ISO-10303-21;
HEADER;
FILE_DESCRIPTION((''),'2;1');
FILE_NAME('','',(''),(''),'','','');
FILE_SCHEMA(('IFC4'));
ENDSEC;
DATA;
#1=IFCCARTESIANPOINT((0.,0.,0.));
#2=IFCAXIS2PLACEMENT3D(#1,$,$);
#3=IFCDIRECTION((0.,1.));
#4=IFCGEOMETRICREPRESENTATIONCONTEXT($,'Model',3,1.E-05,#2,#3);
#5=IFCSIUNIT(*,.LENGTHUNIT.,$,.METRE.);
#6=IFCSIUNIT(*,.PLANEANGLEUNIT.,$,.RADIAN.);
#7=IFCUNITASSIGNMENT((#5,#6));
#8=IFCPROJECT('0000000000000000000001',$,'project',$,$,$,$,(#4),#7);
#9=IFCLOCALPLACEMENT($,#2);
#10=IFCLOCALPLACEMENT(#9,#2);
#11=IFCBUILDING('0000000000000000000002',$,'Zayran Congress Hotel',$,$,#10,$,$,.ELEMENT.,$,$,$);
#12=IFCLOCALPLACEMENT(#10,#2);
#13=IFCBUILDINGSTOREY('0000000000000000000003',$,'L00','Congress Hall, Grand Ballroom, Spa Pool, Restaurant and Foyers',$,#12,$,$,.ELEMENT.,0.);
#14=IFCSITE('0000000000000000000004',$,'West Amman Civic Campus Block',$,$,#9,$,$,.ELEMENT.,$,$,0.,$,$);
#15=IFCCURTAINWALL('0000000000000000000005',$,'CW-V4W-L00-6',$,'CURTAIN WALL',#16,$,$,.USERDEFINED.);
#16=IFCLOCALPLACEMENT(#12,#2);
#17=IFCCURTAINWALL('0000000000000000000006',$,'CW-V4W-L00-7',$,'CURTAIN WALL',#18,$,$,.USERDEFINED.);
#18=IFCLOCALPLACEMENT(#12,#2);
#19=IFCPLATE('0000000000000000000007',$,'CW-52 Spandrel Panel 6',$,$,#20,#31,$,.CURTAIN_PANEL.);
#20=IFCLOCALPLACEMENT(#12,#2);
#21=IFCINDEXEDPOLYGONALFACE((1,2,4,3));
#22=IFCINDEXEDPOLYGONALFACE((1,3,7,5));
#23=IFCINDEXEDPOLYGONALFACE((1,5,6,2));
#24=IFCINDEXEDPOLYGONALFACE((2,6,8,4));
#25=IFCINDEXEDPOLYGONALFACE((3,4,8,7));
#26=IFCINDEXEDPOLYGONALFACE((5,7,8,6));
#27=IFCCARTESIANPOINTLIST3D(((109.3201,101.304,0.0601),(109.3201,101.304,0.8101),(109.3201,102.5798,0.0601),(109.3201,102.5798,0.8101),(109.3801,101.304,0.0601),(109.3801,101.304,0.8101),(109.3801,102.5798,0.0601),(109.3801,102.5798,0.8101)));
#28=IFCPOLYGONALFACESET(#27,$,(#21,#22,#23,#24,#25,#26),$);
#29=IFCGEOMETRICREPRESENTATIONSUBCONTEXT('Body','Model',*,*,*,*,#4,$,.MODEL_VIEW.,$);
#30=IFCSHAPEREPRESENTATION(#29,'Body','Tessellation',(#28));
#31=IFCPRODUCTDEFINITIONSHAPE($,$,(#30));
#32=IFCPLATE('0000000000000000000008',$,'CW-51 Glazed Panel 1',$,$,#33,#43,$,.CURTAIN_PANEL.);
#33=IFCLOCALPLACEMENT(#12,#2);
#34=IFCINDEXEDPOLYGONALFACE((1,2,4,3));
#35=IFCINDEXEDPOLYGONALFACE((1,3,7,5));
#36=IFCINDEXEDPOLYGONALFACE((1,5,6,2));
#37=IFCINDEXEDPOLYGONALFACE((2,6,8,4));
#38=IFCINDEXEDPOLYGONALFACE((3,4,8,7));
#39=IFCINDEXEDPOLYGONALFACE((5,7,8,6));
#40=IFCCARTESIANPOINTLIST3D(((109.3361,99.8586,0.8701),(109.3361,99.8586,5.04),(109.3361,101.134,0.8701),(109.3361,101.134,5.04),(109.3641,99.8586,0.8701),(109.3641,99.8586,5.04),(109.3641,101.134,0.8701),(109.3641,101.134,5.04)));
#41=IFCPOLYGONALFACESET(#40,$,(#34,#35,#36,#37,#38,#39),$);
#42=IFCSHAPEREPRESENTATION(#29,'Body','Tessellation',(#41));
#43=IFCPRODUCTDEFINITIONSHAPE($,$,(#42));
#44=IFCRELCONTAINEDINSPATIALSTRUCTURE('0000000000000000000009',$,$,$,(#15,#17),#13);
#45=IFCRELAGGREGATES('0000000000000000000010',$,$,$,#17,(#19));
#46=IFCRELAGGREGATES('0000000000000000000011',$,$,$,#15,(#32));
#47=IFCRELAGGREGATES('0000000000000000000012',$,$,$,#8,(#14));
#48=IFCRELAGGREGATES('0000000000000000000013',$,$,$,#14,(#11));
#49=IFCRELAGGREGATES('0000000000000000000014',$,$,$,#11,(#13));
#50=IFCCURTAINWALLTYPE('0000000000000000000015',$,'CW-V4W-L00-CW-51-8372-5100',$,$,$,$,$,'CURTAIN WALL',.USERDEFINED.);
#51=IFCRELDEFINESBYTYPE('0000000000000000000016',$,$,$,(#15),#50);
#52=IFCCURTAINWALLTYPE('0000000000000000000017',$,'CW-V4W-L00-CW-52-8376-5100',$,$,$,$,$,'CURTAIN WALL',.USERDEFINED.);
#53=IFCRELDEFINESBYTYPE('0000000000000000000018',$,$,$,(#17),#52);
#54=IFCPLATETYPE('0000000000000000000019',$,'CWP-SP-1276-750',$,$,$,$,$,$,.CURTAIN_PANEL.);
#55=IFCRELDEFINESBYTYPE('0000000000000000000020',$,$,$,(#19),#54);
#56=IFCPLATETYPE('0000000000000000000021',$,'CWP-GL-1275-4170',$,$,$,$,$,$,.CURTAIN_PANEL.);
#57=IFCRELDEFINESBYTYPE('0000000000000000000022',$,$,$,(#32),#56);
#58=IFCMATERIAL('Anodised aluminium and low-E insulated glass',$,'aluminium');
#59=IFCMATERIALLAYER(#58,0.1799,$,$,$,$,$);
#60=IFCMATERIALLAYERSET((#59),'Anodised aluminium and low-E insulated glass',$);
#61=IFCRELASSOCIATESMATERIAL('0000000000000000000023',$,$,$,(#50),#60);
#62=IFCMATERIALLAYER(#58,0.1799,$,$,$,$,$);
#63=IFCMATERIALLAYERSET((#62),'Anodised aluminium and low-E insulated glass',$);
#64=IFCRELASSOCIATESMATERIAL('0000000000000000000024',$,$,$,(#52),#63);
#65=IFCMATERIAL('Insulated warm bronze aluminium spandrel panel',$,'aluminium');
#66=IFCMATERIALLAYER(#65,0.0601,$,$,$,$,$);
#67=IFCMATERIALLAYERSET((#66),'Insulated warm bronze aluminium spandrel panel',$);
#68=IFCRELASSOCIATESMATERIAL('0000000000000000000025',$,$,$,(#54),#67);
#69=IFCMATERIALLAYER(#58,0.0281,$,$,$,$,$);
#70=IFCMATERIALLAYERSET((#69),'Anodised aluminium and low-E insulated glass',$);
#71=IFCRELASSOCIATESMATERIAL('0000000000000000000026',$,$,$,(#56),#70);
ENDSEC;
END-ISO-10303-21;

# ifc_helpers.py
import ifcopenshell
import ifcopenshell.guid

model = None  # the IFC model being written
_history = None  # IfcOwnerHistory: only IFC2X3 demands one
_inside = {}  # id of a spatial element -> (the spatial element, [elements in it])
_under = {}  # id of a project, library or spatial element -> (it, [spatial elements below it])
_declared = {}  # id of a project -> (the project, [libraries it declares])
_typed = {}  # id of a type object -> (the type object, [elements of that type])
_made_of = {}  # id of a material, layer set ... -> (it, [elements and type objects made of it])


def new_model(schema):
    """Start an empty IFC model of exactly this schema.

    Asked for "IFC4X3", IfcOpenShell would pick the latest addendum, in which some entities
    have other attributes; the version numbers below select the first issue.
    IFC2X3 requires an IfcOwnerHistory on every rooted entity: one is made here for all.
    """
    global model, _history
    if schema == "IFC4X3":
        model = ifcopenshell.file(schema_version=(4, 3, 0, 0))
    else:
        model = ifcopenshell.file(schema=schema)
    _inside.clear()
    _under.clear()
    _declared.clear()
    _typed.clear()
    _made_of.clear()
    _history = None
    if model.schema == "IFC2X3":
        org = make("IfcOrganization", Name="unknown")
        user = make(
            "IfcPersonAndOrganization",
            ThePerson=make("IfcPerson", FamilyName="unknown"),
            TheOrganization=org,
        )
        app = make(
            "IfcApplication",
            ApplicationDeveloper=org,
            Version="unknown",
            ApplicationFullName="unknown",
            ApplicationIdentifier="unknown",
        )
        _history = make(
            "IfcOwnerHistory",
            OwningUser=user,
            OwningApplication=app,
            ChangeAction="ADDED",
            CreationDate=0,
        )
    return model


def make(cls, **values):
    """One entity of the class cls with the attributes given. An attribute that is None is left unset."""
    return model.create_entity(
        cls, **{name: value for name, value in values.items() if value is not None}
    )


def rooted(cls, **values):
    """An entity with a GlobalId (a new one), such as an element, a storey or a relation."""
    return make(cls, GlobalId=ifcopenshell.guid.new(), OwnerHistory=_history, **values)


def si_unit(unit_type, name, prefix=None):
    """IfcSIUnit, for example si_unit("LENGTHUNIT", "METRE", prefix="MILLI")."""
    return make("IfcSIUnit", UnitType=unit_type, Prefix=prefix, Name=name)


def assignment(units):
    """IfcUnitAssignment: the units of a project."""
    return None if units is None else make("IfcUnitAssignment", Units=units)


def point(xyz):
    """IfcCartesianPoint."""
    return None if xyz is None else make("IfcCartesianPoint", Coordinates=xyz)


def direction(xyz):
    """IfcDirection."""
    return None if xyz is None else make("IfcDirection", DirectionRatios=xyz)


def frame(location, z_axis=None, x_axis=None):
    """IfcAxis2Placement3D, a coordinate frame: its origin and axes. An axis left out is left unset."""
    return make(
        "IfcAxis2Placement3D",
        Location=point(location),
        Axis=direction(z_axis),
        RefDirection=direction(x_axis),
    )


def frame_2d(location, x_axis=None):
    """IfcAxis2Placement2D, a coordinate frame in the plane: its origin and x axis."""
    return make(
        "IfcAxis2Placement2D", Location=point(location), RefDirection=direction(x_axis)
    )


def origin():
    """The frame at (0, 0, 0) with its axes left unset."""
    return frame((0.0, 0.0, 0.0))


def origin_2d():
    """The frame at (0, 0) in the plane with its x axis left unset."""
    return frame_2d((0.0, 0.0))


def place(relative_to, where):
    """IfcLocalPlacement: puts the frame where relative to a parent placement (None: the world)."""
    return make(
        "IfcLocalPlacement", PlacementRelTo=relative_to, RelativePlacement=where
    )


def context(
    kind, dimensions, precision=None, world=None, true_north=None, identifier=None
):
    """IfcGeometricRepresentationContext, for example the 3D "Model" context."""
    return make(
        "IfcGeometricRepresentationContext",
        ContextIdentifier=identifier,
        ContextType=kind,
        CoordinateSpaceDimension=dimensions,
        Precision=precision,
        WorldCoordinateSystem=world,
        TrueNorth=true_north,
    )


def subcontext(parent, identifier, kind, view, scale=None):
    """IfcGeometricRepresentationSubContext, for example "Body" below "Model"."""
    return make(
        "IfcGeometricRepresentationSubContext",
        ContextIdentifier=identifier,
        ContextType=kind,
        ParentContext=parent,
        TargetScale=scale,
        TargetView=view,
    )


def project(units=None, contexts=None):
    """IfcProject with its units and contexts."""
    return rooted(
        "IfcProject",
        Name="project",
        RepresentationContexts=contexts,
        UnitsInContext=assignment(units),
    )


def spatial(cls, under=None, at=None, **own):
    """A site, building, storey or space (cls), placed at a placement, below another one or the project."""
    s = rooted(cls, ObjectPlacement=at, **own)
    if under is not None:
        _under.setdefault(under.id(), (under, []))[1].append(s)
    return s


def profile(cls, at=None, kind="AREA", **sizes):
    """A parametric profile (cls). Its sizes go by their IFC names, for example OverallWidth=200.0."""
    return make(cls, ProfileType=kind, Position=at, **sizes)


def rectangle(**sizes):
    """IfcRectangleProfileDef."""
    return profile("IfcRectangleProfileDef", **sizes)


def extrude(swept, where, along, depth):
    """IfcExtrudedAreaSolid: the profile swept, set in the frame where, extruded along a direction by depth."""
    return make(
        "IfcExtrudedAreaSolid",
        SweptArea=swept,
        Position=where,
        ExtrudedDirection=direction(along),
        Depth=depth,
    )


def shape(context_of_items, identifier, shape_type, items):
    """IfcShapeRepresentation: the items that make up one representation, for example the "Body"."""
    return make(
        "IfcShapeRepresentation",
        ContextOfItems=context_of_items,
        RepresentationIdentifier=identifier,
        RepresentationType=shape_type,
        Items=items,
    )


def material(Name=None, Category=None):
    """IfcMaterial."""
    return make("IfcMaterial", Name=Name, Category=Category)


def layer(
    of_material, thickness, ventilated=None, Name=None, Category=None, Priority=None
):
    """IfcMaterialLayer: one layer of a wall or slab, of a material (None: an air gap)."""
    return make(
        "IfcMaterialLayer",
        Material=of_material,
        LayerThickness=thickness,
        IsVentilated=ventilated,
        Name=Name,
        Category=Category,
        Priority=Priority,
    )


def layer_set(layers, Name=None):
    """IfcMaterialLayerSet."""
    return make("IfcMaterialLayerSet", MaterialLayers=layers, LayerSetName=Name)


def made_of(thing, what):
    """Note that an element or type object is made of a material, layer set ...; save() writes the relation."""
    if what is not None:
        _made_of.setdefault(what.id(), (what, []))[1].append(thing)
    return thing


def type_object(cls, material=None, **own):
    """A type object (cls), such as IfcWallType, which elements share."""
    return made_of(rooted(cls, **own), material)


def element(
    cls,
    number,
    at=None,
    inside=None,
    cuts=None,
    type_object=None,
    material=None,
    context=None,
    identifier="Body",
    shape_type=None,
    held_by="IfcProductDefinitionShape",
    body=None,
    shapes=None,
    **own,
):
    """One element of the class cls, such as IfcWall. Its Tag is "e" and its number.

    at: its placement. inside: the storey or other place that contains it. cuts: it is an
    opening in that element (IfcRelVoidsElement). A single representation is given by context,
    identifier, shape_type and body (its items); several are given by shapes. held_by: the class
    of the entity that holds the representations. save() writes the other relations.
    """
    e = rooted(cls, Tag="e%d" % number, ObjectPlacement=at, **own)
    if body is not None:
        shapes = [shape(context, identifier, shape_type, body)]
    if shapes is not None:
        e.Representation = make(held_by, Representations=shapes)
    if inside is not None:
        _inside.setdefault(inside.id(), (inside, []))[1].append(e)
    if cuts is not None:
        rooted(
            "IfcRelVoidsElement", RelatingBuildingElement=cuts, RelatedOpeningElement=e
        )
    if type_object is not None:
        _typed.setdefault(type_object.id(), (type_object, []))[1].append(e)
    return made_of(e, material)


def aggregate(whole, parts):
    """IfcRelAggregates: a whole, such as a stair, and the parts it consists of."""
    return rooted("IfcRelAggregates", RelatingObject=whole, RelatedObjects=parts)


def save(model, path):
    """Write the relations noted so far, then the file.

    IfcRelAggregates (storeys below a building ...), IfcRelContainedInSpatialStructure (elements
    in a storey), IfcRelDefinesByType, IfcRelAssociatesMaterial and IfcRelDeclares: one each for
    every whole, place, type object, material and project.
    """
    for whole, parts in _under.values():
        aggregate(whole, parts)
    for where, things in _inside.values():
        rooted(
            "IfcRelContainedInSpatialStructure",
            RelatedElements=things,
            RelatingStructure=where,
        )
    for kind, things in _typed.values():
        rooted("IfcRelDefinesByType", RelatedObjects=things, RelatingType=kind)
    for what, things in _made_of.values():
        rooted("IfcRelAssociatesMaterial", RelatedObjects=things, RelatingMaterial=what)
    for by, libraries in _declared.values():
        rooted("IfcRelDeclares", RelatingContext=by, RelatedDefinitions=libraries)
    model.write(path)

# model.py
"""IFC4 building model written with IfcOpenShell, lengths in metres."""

from ifc_helpers import new_model, si_unit, direction, frame, origin, origin_2d, place, context, subcontext, project, spatial, rectangle, extrude, material, layer, layer_set, type_object, element, aggregate, save


model = new_model("IFC4")

# Units and contexts
model_context = context("Model", 3, precision=1e-05, world=origin(), true_north=direction((0.0, 1.0)))
body_context = subcontext(model_context, "Body", "Model", "MODEL_VIEW")
ifc_project = project(units=[si_unit("LENGTHUNIT", "METRE"), si_unit("PLANEANGLEUNIT", "RADIAN")], contexts=[model_context])

# Site, building, storey
site_placement = place(None, origin())
site = spatial("IfcSite", under=ifc_project, at=site_placement, Name="West Amman Civic Campus Block", CompositionType="ELEMENT", RefElevation=0.0)
building_placement = place(site_placement, origin())
building = spatial("IfcBuilding", under=site, at=building_placement, Name="Zayran Congress Hotel", CompositionType="ELEMENT")
storey_placement = place(building_placement, origin())
storey = spatial("IfcBuildingStorey", under=building, at=storey_placement, Name="L00", Description="Congress Hall, Grand Ballroom, Spa Pool, Restaurant and Foyers", CompositionType="ELEMENT", Elevation=0.0)

# Curtain wall
ifc_material_1 = material(Name="Anodised aluminium and low-E insulated glass", Category="aluminium")
ifc_layer_1 = layer(ifc_material_1, 0.1799)
ifc_layer_set_1 = layer_set([ifc_layer_1], Name="Anodised aluminium and low-E insulated glass")
curtain_wall_type_1 = type_object("IfcCurtainWallType", Name="CW-V4W-L00-CW-51-8372-5100", ElementType="CURTAIN WALL", PredefinedType="USERDEFINED", material=ifc_layer_set_1)
curtain_wall_1_placement = place(storey_placement, origin())
curtain_wall_1 = element("IfcCurtainWall", 1, at=curtain_wall_1_placement, inside=storey, type_object=curtain_wall_type_1, Name="CW-V4W-L00-6", ObjectType="CURTAIN WALL", PredefinedType="USERDEFINED")

# Curtain wall
ifc_layer_2 = layer(ifc_material_1, 0.1799)
ifc_layer_set_2 = layer_set([ifc_layer_2], Name="Anodised aluminium and low-E insulated glass")
curtain_wall_type_2 = type_object("IfcCurtainWallType", Name="CW-V4W-L00-CW-52-8376-5100", ElementType="CURTAIN WALL", PredefinedType="USERDEFINED", material=ifc_layer_set_2)
curtain_wall_2_placement = place(storey_placement, origin())
curtain_wall_2 = element("IfcCurtainWall", 2, at=curtain_wall_2_placement, inside=storey, type_object=curtain_wall_type_2, Name="CW-V4W-L00-7", ObjectType="CURTAIN WALL", PredefinedType="USERDEFINED")

# Plates
ifc_material_2 = material(Name="Insulated warm bronze aluminium spandrel panel", Category="aluminium")
ifc_layer_3 = layer(ifc_material_2, 0.0601)
ifc_layer_set_3 = layer_set([ifc_layer_3], Name="Insulated warm bronze aluminium spandrel panel")
plate_type_1 = type_object("IfcPlateType", Name="CWP-SP-1276-750", PredefinedType="CURTAIN_PANEL", material=ifc_layer_set_3)
plate_1_placement = place(storey_placement, frame((109.3501, 101.9419, 0.0601), z_axis=(0.0, 0.0, 1.0), x_axis=(0.0, 1.0, 0.0)))
plate_1 = element("IfcPlate", 3, at=plate_1_placement, type_object=plate_type_1, Name="CW-52 Spandrel Panel 6", PredefinedType="CURTAIN_PANEL", context=body_context, shape_type="SweptSolid", body=[
    extrude(rectangle(XDim=1.2759, YDim=0.0601, at=origin_2d()), origin(), (0.0, 0.0, 1.0), 0.75),
])
aggregate(curtain_wall_2, [plate_1])
ifc_layer_4 = layer(ifc_material_1, 0.0281)
ifc_layer_set_4 = layer_set([ifc_layer_4], Name="Anodised aluminium and low-E insulated glass")
plate_type_2 = type_object("IfcPlateType", Name="CWP-GL-1275-4170", PredefinedType="CURTAIN_PANEL", material=ifc_layer_set_4)
plate_2_placement = place(storey_placement, frame((109.3501, 100.4963, 0.8701), z_axis=(0.0, 0.0, 1.0), x_axis=(0.0, 1.0, 0.0)))
plate_2 = element("IfcPlate", 4, at=plate_2_placement, type_object=plate_type_2, Name="CW-51 Glazed Panel 1", PredefinedType="CURTAIN_PANEL", context=body_context, shape_type="SweptSolid", body=[
    extrude(rectangle(XDim=1.2754, YDim=0.0281, at=origin_2d()), origin(), (0.0, 0.0, 1.0), 4.1699),
])
aggregate(curtain_wall_1, [plate_2])

save(model, "model.ifc")
